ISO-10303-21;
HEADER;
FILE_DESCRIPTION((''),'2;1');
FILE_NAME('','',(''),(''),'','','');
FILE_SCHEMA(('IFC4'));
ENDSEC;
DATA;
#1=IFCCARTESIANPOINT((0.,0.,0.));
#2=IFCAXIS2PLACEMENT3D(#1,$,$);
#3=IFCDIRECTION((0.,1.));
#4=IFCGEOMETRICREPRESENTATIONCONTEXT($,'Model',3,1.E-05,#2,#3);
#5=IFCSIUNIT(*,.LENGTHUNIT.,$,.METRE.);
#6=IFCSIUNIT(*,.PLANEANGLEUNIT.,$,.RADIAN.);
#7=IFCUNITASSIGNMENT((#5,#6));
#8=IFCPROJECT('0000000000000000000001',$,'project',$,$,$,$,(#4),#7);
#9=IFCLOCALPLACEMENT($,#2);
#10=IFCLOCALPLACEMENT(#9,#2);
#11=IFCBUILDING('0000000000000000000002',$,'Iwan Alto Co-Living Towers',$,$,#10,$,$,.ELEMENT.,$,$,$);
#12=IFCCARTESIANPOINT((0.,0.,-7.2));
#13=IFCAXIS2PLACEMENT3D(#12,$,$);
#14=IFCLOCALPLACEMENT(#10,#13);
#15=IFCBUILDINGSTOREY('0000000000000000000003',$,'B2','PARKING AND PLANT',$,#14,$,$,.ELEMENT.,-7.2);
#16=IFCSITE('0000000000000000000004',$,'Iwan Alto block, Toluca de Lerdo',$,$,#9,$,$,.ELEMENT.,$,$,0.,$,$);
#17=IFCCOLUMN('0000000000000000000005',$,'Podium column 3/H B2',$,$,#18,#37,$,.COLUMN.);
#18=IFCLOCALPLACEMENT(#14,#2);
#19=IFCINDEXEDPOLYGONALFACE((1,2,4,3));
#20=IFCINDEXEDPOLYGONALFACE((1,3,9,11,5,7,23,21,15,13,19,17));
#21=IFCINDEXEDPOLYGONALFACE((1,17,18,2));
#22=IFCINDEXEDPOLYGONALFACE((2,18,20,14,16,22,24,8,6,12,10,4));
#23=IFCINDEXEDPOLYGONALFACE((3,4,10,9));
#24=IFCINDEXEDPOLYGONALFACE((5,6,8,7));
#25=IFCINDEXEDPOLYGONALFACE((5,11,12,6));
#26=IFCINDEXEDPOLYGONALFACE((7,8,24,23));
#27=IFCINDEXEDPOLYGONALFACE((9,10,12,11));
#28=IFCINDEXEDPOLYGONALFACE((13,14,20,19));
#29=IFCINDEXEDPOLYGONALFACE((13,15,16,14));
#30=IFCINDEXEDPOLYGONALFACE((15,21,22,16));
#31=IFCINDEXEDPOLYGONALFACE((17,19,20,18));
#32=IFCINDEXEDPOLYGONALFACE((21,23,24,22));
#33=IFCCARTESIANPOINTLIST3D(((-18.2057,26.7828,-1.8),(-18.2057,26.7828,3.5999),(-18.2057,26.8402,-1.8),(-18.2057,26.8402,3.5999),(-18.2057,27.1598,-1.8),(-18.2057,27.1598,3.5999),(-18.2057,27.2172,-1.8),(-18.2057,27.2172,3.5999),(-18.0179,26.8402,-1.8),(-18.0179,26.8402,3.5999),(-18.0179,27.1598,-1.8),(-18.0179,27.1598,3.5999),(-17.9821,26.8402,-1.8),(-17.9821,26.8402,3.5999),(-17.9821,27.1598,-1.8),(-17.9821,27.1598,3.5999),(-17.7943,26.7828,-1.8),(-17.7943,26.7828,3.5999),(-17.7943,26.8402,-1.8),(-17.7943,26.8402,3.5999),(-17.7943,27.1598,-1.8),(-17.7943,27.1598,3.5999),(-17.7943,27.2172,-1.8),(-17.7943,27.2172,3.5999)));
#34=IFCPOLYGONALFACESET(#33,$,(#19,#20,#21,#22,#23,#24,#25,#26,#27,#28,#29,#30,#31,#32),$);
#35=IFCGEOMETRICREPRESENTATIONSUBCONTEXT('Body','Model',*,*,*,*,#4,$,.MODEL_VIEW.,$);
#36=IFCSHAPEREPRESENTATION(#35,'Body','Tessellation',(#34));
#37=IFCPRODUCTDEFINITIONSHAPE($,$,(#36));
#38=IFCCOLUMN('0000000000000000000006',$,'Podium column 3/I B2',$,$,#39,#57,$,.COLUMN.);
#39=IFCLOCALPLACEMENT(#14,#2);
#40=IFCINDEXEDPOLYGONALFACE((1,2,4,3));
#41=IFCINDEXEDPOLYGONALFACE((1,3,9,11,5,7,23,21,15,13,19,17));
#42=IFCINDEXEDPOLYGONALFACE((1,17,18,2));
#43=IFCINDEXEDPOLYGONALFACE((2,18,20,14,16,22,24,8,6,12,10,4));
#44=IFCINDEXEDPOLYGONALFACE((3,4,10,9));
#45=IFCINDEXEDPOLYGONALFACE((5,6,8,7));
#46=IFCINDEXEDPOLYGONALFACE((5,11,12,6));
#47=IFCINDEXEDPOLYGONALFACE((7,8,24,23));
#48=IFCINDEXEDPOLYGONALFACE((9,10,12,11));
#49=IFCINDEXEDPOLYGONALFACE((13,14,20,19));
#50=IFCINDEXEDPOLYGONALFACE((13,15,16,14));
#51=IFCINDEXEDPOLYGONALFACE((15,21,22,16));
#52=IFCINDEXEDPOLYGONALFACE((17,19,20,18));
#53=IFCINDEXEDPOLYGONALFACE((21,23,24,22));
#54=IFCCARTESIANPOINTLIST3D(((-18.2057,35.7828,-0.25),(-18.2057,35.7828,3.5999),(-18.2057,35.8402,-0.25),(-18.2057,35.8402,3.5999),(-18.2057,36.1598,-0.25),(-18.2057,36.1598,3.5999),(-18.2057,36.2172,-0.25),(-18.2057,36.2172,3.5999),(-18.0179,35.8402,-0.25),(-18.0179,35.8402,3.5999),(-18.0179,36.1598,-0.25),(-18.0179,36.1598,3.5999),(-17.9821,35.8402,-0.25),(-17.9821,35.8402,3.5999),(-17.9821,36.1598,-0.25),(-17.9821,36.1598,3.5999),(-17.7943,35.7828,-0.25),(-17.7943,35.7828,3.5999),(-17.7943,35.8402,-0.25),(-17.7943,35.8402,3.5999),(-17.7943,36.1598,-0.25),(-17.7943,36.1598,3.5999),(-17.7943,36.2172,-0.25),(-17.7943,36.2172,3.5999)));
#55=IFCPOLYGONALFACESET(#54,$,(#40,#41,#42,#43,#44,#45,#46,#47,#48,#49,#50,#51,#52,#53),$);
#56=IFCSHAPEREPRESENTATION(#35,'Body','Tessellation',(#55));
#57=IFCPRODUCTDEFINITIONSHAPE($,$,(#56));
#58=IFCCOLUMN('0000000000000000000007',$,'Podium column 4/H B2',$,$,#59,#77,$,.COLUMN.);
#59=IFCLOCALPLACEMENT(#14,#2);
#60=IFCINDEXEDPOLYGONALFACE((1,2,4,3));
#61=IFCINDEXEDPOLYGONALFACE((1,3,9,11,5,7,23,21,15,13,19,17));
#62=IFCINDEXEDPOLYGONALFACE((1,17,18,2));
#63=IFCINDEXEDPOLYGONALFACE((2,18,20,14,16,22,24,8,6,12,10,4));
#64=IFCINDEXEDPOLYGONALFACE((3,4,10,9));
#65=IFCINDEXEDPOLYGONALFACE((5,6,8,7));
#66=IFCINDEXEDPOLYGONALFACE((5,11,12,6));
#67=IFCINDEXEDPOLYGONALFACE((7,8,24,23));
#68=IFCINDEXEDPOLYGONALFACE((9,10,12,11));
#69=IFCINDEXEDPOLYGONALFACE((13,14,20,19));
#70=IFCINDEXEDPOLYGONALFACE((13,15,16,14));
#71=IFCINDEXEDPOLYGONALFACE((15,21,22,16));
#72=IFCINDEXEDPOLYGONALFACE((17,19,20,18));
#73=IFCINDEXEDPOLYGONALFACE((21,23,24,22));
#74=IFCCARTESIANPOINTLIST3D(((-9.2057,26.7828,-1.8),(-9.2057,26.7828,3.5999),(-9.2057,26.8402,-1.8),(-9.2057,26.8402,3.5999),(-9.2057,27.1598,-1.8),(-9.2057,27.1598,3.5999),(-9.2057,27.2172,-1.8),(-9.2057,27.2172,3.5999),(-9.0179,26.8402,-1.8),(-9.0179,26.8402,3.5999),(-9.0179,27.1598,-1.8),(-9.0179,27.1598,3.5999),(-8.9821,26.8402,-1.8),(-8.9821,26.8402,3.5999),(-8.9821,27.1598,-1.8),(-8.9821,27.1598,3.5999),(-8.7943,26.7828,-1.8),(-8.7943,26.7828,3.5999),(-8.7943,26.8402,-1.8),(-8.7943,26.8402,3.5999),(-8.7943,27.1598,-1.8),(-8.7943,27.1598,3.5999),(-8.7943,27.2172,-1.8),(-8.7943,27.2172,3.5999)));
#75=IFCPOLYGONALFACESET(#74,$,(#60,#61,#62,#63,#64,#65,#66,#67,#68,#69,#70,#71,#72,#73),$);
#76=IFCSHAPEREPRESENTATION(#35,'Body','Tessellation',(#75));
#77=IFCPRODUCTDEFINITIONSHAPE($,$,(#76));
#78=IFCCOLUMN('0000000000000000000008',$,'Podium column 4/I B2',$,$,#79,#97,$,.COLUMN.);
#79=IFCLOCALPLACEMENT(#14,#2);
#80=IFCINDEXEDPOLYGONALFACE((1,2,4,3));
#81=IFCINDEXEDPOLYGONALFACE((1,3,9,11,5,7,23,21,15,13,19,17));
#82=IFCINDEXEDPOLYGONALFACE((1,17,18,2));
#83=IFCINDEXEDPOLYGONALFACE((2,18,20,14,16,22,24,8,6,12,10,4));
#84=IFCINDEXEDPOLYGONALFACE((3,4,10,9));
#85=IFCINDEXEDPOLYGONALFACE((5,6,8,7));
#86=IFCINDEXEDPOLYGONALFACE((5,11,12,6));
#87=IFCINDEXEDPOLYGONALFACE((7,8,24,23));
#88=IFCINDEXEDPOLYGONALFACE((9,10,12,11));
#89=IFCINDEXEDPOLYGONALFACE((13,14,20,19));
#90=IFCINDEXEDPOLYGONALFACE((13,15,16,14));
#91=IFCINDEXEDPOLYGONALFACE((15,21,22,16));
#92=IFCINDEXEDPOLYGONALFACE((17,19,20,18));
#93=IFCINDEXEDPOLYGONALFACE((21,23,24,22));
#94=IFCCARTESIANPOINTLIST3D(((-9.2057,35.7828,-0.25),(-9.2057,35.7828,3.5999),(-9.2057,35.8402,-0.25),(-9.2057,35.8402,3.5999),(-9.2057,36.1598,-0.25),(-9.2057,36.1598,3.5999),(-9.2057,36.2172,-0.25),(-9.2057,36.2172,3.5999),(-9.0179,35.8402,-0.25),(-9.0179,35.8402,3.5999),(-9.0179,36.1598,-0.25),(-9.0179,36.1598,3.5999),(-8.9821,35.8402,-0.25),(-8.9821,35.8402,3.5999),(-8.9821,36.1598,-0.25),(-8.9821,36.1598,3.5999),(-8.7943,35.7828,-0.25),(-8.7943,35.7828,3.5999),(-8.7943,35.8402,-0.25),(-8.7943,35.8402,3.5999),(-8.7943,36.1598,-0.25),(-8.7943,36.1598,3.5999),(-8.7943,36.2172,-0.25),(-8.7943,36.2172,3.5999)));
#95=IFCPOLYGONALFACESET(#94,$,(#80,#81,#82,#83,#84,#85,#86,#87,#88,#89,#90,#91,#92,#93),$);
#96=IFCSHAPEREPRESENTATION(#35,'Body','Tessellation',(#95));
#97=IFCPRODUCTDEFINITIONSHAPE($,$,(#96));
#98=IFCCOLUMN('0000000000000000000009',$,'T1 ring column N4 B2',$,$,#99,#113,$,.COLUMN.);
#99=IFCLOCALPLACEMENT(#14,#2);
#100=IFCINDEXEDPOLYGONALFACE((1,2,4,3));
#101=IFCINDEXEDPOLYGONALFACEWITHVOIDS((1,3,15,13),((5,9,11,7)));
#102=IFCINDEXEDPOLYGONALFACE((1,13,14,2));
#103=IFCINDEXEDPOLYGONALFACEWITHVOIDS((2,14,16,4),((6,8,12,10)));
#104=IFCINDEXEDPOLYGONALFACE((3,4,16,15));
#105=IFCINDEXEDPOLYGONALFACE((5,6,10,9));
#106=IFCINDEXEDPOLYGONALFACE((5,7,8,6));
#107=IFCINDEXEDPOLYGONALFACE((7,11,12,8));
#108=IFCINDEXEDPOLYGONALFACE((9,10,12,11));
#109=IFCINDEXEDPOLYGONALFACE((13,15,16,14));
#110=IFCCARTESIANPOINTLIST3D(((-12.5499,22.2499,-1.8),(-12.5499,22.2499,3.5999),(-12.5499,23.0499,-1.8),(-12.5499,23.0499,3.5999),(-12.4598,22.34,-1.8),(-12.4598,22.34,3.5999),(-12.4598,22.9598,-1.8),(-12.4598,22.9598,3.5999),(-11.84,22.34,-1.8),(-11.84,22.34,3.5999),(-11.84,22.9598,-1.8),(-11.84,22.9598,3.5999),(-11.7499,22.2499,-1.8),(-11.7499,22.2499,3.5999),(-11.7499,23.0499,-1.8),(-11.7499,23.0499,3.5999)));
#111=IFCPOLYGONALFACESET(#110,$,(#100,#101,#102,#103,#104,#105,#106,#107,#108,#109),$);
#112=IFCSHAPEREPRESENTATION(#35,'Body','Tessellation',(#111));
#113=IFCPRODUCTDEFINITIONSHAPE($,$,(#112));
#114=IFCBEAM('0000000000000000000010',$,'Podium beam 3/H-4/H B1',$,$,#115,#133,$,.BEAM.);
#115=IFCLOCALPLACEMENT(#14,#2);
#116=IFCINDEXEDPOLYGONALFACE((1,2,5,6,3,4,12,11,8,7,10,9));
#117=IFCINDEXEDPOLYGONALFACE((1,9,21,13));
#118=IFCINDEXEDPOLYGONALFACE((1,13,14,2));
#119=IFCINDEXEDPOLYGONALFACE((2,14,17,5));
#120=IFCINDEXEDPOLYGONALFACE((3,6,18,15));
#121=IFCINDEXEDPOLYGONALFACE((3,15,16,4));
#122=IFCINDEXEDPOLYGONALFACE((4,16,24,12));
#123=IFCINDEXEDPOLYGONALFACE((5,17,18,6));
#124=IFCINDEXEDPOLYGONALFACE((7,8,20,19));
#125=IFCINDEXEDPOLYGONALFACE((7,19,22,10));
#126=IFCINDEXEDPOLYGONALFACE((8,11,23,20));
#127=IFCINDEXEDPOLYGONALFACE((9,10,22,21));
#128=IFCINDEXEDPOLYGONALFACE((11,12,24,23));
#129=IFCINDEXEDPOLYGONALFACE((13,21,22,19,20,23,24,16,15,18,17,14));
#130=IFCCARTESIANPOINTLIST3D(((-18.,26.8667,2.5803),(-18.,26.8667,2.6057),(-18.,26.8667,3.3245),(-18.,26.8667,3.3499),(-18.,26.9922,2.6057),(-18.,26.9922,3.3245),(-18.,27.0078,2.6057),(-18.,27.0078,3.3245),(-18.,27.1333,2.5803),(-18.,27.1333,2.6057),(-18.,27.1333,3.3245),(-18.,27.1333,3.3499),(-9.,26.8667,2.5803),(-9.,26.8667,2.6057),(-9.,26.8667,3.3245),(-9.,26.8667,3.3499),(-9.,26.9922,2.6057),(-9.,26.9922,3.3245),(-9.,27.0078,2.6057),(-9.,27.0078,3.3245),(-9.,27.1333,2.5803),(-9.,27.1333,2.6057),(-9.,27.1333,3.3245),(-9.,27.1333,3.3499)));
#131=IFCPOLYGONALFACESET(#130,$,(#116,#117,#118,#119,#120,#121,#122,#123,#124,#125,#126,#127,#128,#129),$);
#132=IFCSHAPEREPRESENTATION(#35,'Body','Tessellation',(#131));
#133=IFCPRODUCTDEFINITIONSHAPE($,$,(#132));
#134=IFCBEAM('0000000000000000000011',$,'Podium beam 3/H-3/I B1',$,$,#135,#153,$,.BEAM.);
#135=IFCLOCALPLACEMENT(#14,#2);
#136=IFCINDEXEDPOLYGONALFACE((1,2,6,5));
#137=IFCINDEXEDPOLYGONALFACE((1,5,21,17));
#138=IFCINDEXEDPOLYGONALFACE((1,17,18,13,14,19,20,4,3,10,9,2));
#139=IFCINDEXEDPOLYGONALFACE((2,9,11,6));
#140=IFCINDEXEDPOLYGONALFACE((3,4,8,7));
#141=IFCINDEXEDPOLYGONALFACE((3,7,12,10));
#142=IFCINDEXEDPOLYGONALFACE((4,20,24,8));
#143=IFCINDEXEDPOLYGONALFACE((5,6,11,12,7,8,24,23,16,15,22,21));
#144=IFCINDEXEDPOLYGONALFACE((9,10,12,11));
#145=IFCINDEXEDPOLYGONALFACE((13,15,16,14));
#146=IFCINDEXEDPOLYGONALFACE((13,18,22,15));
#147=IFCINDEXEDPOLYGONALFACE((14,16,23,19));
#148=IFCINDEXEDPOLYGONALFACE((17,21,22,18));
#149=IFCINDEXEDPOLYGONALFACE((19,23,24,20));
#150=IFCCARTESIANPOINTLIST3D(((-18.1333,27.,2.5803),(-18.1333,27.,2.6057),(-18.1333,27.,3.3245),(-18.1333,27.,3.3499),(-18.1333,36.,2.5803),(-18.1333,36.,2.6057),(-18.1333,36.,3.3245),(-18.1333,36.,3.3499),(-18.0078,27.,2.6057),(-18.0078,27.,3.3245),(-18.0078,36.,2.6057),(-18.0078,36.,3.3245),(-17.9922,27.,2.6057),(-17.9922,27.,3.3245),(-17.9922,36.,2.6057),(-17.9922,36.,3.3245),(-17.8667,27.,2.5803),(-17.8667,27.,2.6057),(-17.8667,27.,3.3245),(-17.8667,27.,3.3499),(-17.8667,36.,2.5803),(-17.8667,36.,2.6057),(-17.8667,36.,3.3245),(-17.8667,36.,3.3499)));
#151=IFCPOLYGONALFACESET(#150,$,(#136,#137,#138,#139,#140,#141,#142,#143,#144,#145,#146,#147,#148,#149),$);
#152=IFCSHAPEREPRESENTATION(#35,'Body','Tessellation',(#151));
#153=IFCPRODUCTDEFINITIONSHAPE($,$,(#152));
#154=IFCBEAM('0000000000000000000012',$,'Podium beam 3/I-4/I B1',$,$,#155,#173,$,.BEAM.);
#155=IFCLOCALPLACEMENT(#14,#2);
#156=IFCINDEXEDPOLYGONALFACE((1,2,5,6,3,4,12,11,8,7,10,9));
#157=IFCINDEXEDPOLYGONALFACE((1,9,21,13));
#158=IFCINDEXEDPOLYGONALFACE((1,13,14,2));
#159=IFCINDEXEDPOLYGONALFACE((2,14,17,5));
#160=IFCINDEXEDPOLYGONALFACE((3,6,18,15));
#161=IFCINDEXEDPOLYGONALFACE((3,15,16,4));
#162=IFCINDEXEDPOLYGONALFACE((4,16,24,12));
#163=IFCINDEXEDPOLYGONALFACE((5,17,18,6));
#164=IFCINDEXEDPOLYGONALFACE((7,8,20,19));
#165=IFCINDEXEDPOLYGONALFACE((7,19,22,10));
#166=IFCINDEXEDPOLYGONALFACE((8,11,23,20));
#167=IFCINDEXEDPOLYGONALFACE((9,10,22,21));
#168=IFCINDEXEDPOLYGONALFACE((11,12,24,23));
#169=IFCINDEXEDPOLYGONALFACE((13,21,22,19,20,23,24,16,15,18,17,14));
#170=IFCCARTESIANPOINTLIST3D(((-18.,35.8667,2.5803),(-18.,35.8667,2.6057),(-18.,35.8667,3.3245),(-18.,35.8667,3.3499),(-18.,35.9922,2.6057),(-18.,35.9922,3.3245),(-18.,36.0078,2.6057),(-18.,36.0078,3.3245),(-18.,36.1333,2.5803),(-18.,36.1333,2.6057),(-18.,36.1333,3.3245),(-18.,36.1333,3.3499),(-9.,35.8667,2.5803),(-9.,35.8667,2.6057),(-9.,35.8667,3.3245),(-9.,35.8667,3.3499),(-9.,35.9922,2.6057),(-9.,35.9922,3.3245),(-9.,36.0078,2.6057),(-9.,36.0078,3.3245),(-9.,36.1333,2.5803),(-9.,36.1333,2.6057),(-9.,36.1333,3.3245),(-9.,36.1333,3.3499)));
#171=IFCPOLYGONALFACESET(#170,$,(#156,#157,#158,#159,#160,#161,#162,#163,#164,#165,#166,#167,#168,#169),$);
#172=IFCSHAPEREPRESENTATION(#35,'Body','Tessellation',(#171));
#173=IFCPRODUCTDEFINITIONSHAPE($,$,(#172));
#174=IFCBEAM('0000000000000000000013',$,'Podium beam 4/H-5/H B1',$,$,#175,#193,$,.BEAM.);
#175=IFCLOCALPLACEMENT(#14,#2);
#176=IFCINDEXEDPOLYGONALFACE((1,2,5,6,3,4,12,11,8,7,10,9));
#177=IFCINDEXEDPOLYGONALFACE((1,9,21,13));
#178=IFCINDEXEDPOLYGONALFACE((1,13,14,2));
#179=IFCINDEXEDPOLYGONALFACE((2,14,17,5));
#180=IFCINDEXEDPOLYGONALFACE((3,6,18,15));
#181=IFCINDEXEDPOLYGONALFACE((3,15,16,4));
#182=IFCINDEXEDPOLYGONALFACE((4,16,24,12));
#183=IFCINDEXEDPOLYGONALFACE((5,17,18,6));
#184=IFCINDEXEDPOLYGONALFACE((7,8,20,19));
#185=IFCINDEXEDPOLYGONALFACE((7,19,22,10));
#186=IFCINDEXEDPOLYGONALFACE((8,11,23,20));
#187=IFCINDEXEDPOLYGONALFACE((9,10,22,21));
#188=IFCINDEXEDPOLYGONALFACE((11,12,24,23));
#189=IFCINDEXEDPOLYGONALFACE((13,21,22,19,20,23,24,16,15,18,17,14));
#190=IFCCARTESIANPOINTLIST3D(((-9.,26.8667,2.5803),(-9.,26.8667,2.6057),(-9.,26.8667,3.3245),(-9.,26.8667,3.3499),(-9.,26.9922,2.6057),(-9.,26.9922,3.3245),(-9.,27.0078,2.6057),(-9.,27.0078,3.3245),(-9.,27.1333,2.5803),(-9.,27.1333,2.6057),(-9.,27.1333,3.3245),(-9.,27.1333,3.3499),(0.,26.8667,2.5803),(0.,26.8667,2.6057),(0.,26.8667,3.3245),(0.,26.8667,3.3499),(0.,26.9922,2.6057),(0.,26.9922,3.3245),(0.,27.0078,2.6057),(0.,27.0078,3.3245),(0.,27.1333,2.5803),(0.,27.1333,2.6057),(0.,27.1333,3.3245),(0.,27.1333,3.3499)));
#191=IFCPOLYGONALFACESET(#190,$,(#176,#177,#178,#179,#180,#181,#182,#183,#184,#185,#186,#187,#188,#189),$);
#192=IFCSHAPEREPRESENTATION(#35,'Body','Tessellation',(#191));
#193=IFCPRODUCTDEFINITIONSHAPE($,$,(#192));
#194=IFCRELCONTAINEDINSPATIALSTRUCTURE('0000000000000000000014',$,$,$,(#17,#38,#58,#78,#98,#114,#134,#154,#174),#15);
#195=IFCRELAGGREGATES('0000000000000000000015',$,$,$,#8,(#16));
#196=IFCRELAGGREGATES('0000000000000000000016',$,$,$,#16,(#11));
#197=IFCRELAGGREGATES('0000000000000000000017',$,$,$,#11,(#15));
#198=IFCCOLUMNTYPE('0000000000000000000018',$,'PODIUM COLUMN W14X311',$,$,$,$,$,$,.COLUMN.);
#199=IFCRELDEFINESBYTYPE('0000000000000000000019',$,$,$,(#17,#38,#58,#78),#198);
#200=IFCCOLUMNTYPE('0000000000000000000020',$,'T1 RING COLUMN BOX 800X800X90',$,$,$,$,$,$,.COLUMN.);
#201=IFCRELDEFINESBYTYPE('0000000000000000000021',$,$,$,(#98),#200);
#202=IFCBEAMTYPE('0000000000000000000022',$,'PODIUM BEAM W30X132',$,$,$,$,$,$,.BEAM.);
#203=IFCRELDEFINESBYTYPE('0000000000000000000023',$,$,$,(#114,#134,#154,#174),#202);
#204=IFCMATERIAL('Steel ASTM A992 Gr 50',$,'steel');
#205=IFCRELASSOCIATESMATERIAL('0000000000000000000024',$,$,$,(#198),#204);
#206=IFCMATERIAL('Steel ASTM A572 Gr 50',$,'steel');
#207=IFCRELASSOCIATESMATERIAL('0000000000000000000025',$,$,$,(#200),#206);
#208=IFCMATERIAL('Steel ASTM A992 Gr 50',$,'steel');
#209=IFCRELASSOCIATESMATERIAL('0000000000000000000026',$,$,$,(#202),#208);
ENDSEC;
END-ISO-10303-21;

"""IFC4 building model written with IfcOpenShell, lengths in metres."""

from ifc_helpers import new_model, si_unit, direction, frame, origin, origin_2d, place, context, subcontext, project, spatial, hollow_rectangle, i_section, extrude, material, material_profile, profile_set, type_object, element, save


model = new_model("IFC4")

# Units and contexts
model_context = context("Model", 3, precision=1e-05, world=origin(), true_north=direction((0.0, 1.0)))
body_context = subcontext(model_context, "Body", "Model", "MODEL_VIEW")
ifc_project = project(units=[si_unit("LENGTHUNIT", "METRE"), si_unit("PLANEANGLEUNIT", "RADIAN")], contexts=[model_context])

# Site, building, storey
site_placement = place(None, origin())
site = spatial("IfcSite", under=ifc_project, at=site_placement, Name="Iwan Alto block, Toluca de Lerdo", CompositionType="ELEMENT", RefElevation=0.0)
building_placement = place(site_placement, origin())
building = spatial("IfcBuilding", under=site, at=building_placement, Name="Iwan Alto Co-Living Towers", CompositionType="ELEMENT")
storey_placement = place(building_placement, frame((0.0, 0.0, -7.2)))
storey = spatial("IfcBuildingStorey", under=building, at=storey_placement, Name="B2", Description="PARKING AND PLANT", CompositionType="ELEMENT", Elevation=-7.2)

# Columns
ifc_material_1 = material(Name="Steel ASTM A992 Gr 50", Category="steel")
ifc_material_profile_1 = material_profile(ifc_material_1, i_section(OverallWidth=0.4114, OverallDepth=0.4343, WebThickness=0.0359, FlangeThickness=0.0574, at=origin_2d()), Name="W14X311")
ifc_profile_set_1 = profile_set([ifc_material_profile_1], Name="Steel ASTM A992 Gr 50")
column_type_1 = type_object("IfcColumnType", Name="PODIUM COLUMN W14X311", PredefinedType="COLUMN", material=ifc_profile_set_1)
column_1_placement = place(storey_placement, frame((-18.0, 27.0, -1.8), z_axis=(0.0, 0.0, 1.0), x_axis=(1.0, 0.0, 0.0)))
element("IfcColumn", 1, at=column_1_placement, inside=storey, type_object=column_type_1, Name="Podium column 3/H B2", PredefinedType="COLUMN", context=body_context, shape_type="SweptSolid", body=[
    extrude(i_section(OverallWidth=0.4114, OverallDepth=0.4343, WebThickness=0.0359, FlangeThickness=0.0574, at=origin_2d()), origin(), (0.0, 0.0, 1.0), 5.3999),
])
column_2_placement = place(storey_placement, frame((-18.0, 36.0, -0.25), z_axis=(0.0, 0.0, 1.0), x_axis=(1.0, 0.0, 0.0)))
element("IfcColumn", 2, at=column_2_placement, inside=storey, type_object=column_type_1, Name="Podium column 3/I B2", PredefinedType="COLUMN", context=body_context, shape_type="SweptSolid", body=[
    extrude(i_section(OverallWidth=0.4114, OverallDepth=0.4343, WebThickness=0.0359, FlangeThickness=0.0574, at=origin_2d()), origin(), (0.0, 0.0, 1.0), 3.8499),
])
column_3_placement = place(storey_placement, frame((-9.0, 27.0, -1.8), z_axis=(0.0, 0.0, 1.0), x_axis=(1.0, 0.0, 0.0)))
element("IfcColumn", 3, at=column_3_placement, inside=storey, type_object=column_type_1, Name="Podium column 4/H B2", PredefinedType="COLUMN", context=body_context, shape_type="SweptSolid", body=[
    extrude(i_section(OverallWidth=0.4114, OverallDepth=0.4343, WebThickness=0.0359, FlangeThickness=0.0574, at=origin_2d()), origin(), (0.0, 0.0, 1.0), 5.3999),
])
column_4_placement = place(storey_placement, frame((-9.0, 36.0, -0.25), z_axis=(0.0, 0.0, 1.0), x_axis=(1.0, 0.0, 0.0)))
element("IfcColumn", 4, at=column_4_placement, inside=storey, type_object=column_type_1, Name="Podium column 4/I B2", PredefinedType="COLUMN", context=body_context, shape_type="SweptSolid", body=[
    extrude(i_section(OverallWidth=0.4114, OverallDepth=0.4343, WebThickness=0.0359, FlangeThickness=0.0574, at=origin_2d()), origin(), (0.0, 0.0, 1.0), 3.8499),
])
ifc_material_2 = material(Name="Steel ASTM A572 Gr 50", Category="steel")
ifc_material_profile_2 = material_profile(ifc_material_2, hollow_rectangle(XDim=0.8, YDim=0.8, WallThickness=0.0901, at=origin_2d()), Name="BOX 800X800X90")
ifc_profile_set_2 = profile_set([ifc_material_profile_2], Name="Steel ASTM A572 Gr 50")
column_type_2 = type_object("IfcColumnType", Name="T1 RING COLUMN BOX 800X800X90", PredefinedType="COLUMN", material=ifc_profile_set_2)
column_5_placement = place(storey_placement, frame((-12.1499, 22.6499, -1.8), z_axis=(0.0, 0.0, 1.0), x_axis=(1.0, 0.0, 0.0)))
element("IfcColumn", 5, at=column_5_placement, inside=storey, type_object=column_type_2, Name="T1 ring column N4 B2", PredefinedType="COLUMN", context=body_context, shape_type="SweptSolid", body=[
    extrude(hollow_rectangle(XDim=0.8, YDim=0.8, WallThickness=0.0901, at=origin_2d()), origin(), (0.0, 0.0, 1.0), 5.3999),
])

# Beams
ifc_material_3 = material(Name="Steel ASTM A992 Gr 50", Category="steel")
ifc_material_profile_3 = material_profile(ifc_material_3, i_section(OverallWidth=0.2666, OverallDepth=0.7695, WebThickness=0.0156, FlangeThickness=0.0254, at=origin_2d()), Name="W30X132")
ifc_profile_set_3 = profile_set([ifc_material_profile_3], Name="Steel ASTM A992 Gr 50")
beam_type_1 = type_object("IfcBeamType", Name="PODIUM BEAM W30X132", PredefinedType="BEAM", material=ifc_profile_set_3)
for number, where, z_axis, x_axis, name in (
    (6, (-18.0, 27.0, 2.9651), (1.0, 0.0, 0.0), (0.0, 1.0, 0.0), "Podium beam 3/H-4/H B1"),
    (7, (-18.0, 27.0, 2.9651), (0.0, 1.0, 0.0), (-1.0, 0.0, 0.0), "Podium beam 3/H-3/I B1"),
    (8, (-18.0, 36.0, 2.9651), (1.0, 0.0, 0.0), (0.0, 1.0, 0.0), "Podium beam 3/I-4/I B1"),
    (9, (-9.0, 27.0, 2.9651), (1.0, 0.0, 0.0), (0.0, 1.0, 0.0), "Podium beam 4/H-5/H B1"),
):
    element("IfcBeam", number, at=place(storey_placement, frame(where, z_axis=z_axis, x_axis=x_axis)), inside=storey, type_object=beam_type_1, Name=name, PredefinedType="BEAM", context=body_context, shape_type="SweptSolid", body=[
        extrude(i_section(OverallWidth=0.2666, OverallDepth=0.7695, WebThickness=0.0156, FlangeThickness=0.0254, at=origin_2d()), origin(), (0.0, 0.0, 1.0), 9.0),
    ])

save(model, "model.ifc")
